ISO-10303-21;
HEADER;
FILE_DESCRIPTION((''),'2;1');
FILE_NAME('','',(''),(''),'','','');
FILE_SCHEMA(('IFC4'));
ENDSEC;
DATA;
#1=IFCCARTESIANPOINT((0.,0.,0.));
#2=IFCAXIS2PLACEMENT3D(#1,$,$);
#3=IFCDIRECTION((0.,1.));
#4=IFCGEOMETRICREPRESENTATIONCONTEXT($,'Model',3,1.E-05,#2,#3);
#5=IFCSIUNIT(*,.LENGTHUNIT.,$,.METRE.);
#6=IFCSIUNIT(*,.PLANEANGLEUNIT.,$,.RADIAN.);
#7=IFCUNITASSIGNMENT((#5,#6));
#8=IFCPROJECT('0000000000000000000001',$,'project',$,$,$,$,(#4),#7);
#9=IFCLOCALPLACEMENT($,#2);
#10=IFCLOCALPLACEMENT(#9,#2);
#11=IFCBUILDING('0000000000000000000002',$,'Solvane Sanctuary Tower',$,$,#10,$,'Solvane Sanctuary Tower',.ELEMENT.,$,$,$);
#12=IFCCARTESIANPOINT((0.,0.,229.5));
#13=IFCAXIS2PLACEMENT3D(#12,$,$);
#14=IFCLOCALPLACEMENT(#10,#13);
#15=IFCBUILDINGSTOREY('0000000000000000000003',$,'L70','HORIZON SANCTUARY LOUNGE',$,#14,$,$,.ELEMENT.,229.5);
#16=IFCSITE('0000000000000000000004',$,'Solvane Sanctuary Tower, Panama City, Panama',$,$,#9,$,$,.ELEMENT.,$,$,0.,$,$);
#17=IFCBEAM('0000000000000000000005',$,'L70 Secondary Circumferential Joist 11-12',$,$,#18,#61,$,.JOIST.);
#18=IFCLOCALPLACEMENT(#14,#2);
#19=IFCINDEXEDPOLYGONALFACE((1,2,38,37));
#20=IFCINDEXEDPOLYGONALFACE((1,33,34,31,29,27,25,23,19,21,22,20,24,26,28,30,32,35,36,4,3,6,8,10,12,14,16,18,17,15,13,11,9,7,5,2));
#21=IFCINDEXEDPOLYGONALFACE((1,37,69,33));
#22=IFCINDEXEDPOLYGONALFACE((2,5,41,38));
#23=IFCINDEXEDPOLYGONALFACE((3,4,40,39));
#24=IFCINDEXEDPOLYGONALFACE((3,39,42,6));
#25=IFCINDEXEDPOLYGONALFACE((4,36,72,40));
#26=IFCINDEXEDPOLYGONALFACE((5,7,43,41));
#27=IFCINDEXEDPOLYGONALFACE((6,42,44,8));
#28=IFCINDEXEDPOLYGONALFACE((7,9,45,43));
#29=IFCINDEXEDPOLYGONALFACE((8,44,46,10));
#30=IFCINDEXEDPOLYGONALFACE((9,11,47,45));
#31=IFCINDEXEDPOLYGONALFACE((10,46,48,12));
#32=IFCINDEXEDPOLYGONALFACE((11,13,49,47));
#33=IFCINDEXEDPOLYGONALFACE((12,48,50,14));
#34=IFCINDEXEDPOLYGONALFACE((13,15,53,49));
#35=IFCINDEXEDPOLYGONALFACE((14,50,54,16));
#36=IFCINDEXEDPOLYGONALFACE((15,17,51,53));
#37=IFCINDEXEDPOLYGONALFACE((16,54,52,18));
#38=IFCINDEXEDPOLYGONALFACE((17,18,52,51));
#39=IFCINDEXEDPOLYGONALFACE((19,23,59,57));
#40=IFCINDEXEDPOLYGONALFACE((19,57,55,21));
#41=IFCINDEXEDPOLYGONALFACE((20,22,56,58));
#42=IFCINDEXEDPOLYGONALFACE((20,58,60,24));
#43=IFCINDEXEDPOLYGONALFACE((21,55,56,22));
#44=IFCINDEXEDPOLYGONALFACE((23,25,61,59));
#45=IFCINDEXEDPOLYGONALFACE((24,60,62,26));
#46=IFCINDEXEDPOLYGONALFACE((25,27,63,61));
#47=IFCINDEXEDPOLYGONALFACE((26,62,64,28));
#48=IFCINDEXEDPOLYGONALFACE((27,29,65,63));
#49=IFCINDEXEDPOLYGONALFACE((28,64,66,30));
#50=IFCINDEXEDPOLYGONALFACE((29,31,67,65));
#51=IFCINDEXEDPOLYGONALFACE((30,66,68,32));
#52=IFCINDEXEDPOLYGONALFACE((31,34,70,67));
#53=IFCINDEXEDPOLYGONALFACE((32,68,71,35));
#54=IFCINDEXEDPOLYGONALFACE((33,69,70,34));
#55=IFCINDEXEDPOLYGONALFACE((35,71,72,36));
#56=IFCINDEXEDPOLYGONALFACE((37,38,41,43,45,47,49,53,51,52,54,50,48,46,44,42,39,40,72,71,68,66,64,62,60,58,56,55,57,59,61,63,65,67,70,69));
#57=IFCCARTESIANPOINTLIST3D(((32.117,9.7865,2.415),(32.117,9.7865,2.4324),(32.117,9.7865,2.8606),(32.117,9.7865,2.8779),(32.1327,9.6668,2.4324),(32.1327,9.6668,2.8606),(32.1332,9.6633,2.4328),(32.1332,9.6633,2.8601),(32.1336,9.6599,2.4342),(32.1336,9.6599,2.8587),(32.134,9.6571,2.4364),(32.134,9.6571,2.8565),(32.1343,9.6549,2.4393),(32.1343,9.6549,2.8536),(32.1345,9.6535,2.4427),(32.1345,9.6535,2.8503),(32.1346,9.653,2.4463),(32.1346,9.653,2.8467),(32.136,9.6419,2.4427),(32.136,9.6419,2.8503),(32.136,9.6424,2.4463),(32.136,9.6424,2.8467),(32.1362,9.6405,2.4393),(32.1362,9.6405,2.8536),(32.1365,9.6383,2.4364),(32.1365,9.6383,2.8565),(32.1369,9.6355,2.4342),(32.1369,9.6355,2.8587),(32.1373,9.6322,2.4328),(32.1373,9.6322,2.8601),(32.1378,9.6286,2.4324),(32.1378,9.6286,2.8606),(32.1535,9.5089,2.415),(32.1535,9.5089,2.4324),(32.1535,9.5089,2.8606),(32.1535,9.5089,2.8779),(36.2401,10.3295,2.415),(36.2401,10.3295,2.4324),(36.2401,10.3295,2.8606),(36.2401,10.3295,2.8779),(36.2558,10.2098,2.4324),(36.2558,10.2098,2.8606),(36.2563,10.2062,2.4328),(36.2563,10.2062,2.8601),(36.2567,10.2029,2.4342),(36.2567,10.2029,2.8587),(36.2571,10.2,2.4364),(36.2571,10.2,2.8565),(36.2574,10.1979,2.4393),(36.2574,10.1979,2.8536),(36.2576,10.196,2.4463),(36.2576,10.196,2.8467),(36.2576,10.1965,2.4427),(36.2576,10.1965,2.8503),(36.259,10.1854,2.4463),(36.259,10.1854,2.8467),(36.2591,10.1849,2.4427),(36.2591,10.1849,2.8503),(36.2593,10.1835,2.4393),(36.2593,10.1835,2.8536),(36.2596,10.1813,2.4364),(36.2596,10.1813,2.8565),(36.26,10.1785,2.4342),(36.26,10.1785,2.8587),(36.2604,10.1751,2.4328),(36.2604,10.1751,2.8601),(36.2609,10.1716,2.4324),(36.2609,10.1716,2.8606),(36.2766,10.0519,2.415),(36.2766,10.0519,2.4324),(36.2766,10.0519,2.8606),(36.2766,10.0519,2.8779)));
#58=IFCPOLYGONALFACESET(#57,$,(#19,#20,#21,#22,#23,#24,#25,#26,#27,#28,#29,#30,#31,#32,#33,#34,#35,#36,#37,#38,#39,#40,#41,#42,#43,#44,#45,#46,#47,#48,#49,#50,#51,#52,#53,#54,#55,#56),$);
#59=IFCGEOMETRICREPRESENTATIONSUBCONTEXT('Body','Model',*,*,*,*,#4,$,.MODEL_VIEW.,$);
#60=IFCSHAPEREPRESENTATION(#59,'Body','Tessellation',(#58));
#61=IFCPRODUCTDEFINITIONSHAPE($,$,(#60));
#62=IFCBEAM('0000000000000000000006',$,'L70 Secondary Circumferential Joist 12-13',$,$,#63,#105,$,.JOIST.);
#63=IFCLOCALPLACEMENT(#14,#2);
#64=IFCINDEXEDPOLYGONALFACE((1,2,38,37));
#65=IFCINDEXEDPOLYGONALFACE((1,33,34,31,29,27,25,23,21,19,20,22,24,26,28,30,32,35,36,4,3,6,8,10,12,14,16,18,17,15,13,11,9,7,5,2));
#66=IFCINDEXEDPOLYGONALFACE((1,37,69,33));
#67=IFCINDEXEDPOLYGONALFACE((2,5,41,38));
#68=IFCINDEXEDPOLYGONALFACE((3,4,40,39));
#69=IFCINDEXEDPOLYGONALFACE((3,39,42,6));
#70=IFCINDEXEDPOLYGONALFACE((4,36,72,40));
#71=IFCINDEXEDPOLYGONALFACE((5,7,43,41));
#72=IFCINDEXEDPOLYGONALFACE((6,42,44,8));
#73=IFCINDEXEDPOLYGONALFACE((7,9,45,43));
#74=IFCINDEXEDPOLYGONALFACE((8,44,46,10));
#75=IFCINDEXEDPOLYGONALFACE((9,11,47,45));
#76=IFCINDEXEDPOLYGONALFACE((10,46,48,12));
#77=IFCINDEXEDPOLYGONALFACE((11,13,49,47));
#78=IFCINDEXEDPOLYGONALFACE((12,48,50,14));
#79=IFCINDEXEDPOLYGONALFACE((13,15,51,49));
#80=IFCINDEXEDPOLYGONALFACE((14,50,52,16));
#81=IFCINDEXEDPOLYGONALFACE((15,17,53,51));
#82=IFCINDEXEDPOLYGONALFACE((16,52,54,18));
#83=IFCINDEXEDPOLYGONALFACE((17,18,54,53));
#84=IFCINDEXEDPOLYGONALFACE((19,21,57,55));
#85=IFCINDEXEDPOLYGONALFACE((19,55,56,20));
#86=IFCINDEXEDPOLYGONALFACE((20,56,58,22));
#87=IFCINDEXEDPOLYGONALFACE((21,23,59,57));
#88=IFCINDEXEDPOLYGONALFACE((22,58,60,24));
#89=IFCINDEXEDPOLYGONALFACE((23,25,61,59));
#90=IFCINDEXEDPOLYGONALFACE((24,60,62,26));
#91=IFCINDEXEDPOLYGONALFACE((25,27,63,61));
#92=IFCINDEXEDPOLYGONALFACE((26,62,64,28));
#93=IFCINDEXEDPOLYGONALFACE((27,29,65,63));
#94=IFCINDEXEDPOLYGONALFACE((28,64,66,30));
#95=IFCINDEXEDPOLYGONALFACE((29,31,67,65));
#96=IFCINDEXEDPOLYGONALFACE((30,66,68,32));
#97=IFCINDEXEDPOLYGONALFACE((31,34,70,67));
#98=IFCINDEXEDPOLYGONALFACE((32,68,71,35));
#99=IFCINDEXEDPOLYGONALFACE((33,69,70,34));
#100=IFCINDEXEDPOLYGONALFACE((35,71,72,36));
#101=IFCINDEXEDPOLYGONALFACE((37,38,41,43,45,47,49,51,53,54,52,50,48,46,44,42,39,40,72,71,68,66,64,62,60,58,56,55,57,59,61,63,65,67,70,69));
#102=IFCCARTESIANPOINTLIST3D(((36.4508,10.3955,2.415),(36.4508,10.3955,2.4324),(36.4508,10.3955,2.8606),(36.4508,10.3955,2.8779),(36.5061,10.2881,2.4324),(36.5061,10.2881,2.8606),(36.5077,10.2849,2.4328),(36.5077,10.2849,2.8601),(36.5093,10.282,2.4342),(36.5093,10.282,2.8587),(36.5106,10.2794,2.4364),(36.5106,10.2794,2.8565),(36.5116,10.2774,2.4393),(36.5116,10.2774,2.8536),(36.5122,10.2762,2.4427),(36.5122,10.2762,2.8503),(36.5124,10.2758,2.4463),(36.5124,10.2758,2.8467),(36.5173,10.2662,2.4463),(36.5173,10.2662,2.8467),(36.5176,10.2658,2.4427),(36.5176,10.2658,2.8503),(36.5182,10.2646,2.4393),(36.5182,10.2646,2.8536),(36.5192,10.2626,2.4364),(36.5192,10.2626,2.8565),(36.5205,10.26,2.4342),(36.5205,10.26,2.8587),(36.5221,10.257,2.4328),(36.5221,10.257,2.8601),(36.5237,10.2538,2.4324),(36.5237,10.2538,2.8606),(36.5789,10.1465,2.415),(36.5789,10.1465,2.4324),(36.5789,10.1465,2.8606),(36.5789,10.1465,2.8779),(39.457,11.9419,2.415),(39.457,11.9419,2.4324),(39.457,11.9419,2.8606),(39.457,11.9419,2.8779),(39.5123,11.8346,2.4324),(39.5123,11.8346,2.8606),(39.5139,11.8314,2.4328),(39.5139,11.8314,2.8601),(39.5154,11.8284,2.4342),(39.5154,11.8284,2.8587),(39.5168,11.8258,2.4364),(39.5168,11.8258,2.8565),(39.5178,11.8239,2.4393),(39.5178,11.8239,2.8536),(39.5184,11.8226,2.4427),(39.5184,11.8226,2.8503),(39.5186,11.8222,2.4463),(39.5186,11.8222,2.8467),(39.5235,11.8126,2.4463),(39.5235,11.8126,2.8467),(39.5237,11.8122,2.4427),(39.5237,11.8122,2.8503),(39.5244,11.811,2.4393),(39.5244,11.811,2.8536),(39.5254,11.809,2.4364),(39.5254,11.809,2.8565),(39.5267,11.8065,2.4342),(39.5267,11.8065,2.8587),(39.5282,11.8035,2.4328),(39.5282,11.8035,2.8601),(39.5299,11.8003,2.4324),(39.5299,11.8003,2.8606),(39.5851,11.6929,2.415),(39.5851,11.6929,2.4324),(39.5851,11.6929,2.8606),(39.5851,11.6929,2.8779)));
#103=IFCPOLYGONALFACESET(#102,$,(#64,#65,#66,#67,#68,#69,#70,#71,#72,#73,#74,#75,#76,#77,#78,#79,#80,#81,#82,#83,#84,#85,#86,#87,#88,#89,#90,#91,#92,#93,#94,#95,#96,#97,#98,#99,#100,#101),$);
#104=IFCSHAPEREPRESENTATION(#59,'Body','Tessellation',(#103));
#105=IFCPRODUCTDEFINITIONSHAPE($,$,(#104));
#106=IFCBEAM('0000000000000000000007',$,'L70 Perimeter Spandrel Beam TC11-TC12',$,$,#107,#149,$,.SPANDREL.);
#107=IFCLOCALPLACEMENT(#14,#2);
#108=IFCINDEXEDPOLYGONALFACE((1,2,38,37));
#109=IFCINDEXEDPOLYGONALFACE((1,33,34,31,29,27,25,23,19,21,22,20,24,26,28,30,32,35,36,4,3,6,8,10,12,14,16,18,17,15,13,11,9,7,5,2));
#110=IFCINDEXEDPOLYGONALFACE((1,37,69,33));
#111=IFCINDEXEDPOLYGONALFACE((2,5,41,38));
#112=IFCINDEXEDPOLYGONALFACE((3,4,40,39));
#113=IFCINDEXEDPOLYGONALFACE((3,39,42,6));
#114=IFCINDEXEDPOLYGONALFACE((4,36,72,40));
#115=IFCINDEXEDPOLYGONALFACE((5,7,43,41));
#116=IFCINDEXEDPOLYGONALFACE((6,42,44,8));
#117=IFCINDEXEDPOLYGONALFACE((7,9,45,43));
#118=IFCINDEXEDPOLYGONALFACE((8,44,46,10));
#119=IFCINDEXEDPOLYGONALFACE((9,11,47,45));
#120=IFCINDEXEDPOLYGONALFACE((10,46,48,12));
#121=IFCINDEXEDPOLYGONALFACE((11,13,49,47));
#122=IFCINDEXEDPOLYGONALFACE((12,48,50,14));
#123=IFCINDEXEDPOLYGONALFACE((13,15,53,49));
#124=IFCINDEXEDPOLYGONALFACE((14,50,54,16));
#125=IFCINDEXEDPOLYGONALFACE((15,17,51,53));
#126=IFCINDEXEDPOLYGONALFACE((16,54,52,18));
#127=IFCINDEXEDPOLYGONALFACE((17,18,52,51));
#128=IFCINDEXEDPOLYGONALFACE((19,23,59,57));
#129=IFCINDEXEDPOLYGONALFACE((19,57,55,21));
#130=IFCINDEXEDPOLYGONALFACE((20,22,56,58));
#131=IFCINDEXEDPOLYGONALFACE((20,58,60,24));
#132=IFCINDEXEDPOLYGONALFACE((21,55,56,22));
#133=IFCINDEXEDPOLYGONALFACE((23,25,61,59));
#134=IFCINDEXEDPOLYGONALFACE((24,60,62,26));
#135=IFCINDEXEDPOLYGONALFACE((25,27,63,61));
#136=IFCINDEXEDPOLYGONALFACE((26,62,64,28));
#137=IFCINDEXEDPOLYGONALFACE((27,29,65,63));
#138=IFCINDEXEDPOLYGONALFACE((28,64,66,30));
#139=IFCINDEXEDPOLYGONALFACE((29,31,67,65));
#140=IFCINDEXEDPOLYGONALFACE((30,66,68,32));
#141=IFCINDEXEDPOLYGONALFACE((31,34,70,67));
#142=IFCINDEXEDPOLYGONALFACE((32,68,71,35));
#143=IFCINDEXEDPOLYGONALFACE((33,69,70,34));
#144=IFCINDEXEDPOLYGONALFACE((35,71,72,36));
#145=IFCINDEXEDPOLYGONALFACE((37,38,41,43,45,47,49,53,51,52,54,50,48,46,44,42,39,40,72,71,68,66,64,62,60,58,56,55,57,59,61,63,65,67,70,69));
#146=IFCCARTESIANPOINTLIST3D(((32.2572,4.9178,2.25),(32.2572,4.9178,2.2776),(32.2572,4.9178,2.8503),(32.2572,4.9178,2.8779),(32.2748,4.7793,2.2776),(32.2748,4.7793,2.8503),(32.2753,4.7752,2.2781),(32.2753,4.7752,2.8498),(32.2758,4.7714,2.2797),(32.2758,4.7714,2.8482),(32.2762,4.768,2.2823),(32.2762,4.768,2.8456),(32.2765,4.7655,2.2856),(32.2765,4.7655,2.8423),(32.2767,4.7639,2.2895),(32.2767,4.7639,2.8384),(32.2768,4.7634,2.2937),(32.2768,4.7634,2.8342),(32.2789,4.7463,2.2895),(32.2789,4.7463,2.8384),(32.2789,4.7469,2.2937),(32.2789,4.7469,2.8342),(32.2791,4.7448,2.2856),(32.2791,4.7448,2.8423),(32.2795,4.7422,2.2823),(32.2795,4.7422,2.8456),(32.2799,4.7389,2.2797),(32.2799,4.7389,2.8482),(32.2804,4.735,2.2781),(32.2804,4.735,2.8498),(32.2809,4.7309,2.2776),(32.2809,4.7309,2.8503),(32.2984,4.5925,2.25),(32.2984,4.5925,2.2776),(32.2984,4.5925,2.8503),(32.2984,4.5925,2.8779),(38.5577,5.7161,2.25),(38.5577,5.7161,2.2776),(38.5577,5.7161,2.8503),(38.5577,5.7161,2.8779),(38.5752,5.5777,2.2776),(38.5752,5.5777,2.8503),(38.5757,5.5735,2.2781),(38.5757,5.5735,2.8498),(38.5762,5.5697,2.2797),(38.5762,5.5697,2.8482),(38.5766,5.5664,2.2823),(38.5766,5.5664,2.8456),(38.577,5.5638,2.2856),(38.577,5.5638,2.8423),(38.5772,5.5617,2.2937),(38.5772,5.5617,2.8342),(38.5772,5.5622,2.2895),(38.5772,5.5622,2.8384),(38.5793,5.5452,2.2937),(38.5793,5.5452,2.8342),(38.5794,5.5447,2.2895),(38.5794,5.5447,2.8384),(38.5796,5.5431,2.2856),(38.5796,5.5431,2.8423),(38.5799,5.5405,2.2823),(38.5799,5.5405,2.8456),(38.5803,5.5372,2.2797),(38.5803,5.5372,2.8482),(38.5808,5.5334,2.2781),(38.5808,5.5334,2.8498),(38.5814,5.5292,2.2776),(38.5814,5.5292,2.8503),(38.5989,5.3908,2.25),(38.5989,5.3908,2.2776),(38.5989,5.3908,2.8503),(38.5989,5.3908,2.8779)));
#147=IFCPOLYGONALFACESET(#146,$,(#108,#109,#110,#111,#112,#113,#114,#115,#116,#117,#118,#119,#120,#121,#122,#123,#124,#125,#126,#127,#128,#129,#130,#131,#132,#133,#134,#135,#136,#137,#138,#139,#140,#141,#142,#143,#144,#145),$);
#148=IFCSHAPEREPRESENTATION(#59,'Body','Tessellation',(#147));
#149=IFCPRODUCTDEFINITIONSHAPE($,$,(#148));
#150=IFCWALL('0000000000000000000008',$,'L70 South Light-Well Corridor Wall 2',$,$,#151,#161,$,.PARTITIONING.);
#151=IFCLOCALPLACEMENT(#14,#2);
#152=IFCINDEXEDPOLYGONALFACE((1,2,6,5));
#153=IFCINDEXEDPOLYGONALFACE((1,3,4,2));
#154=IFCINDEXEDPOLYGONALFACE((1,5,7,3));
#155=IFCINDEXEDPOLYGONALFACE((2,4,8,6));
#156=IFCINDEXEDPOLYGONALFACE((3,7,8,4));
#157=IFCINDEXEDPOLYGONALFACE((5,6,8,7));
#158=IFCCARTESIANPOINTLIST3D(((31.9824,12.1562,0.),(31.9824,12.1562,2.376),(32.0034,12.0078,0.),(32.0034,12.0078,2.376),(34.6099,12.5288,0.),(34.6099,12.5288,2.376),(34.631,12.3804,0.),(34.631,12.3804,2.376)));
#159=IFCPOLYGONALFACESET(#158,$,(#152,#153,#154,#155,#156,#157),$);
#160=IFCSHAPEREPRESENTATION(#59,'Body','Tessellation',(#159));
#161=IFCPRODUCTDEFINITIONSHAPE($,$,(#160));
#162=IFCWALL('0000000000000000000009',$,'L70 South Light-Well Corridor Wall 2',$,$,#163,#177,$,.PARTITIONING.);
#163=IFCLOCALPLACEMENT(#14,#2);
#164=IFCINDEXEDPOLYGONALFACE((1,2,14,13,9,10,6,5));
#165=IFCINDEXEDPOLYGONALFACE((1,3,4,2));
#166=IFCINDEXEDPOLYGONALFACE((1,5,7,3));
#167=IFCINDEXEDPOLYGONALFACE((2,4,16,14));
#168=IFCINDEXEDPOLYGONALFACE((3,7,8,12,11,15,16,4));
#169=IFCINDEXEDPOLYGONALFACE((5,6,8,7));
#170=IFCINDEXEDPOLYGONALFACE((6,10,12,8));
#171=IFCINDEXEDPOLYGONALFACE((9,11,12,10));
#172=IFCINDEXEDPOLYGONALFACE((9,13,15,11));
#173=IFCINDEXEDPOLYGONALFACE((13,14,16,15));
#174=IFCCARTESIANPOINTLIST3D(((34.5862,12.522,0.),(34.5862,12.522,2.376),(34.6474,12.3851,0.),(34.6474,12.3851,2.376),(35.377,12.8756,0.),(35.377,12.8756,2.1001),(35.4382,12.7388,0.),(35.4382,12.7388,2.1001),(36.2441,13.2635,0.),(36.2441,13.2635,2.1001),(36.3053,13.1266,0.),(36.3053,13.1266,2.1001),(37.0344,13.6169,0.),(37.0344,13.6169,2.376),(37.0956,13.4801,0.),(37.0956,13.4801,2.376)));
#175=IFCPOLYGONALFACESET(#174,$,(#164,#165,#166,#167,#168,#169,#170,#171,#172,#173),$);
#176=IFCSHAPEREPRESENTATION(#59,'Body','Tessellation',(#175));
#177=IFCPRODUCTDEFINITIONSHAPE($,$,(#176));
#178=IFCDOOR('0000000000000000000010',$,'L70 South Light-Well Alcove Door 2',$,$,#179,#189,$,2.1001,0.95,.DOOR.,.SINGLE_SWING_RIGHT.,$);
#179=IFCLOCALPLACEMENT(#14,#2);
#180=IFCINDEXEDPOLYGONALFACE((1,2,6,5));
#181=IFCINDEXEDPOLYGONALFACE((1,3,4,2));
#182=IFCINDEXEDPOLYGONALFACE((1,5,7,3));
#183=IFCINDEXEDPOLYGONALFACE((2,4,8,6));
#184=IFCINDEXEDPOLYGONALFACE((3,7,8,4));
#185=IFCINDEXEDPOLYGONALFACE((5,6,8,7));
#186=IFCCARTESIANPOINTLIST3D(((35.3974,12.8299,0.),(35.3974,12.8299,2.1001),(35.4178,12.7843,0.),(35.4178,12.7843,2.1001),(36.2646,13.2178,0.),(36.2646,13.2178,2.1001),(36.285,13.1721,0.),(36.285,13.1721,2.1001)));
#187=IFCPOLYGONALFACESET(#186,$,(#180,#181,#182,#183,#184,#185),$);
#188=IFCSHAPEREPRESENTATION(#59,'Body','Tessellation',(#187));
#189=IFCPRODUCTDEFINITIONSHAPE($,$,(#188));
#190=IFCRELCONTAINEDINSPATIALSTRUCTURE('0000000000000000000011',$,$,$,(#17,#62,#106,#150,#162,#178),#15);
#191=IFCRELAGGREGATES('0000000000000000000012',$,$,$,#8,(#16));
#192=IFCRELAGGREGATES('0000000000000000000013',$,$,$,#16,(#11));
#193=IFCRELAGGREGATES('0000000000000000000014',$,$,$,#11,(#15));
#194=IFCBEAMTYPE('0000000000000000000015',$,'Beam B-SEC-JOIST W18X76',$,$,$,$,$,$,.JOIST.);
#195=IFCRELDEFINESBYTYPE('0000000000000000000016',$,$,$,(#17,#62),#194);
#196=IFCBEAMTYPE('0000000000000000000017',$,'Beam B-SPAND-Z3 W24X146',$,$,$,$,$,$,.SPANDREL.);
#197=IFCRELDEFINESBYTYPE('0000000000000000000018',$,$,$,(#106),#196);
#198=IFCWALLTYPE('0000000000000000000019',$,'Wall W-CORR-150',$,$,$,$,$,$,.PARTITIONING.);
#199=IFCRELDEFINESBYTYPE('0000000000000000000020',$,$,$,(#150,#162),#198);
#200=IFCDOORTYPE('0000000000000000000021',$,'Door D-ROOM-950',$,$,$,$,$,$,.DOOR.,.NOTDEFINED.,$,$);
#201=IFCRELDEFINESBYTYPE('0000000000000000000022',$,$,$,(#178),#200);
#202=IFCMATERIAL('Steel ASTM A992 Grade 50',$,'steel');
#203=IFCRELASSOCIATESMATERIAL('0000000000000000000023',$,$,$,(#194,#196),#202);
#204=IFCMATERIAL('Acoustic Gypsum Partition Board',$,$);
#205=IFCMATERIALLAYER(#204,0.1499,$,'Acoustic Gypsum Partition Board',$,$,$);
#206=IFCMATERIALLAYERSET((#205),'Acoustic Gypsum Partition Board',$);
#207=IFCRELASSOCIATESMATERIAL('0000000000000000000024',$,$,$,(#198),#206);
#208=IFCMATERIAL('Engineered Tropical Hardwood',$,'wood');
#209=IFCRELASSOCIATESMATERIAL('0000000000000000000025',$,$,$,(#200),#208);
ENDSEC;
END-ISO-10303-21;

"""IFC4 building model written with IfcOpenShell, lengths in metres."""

from ifc_helpers import new_model, si_unit, direction, frame, frame_2d, origin, origin_2d, place, context, subcontext, project, spatial, rectangle, i_section, extrude, material, layer, layer_set, material_profile, profile_set, type_object, element, fill, save


model = new_model("IFC4")

# Units and contexts
model_context = context("Model", 3, precision=1e-05, world=origin(), true_north=direction((0.0, 1.0)))
body_context = subcontext(model_context, "Body", "Model", "MODEL_VIEW")
ifc_project = project(units=[si_unit("LENGTHUNIT", "METRE"), si_unit("PLANEANGLEUNIT", "RADIAN")], contexts=[model_context])

# Site, building, storey
site_placement = place(None, origin())
site = spatial("IfcSite", under=ifc_project, at=site_placement, Name="Solvane Sanctuary Tower, Panama City, Panama", CompositionType="ELEMENT", RefElevation=0.0)
building_placement = place(site_placement, origin())
building = spatial("IfcBuilding", under=site, at=building_placement, Name="Solvane Sanctuary Tower", LongName="Solvane Sanctuary Tower", CompositionType="ELEMENT")
storey_placement = place(building_placement, frame((0.0, 0.0, 229.5)))
storey = spatial("IfcBuildingStorey", under=building, at=storey_placement, Name="L70", Description="HORIZON SANCTUARY LOUNGE", CompositionType="ELEMENT", Elevation=229.5)

# Beams
ifc_material_1 = material(Name="Steel ASTM A992 Grade 50", Category="steel")
ifc_material_profile_1 = material_profile(ifc_material_1, i_section(OverallWidth=0.28, OverallDepth=0.4629, WebThickness=0.0107, FlangeThickness=0.0173, FilletRadius=0.0139, at=origin_2d()), Name="W18X76")
ifc_profile_set_1 = profile_set([ifc_material_profile_1], Name="Steel ASTM A992 Grade 50")
beam_type_1 = type_object("IfcBeamType", Name="Beam B-SEC-JOIST W18X76", PredefinedType="JOIST", material=ifc_profile_set_1)
beam_1_placement = place(storey_placement, frame((32.1353, 9.6477, 2.6465), z_axis=(0.99144, 0.130564, 0.0), x_axis=(-0.130564, 0.99144, 0.0)))
element("IfcBeam", 1, at=beam_1_placement, inside=storey, type_object=beam_type_1, Name="L70 Secondary Circumferential Joist 11-12", PredefinedType="JOIST", context=body_context, shape_type="SweptSolid", body=[
    extrude(i_section(OverallWidth=0.28, OverallDepth=0.4629, WebThickness=0.0107, FlangeThickness=0.0173, FilletRadius=0.0139, at=origin_2d()), origin(), (0.0, 0.0, 1.0), 4.1587),
])
beam_2_placement = place(storey_placement, frame((36.5149, 10.271, 2.6465), z_axis=(0.889241, 0.457439, 0.0), x_axis=(-0.457439, 0.889241, 0.0)))
element("IfcBeam", 2, at=beam_2_placement, inside=storey, type_object=beam_type_1, Name="L70 Secondary Circumferential Joist 12-13", PredefinedType="JOIST", context=body_context, shape_type="SweptSolid", body=[
    extrude(i_section(OverallWidth=0.28, OverallDepth=0.4629, WebThickness=0.0107, FlangeThickness=0.0173, FilletRadius=0.0139, at=origin_2d()), origin(), (0.0, 0.0, 1.0), 3.3806),
])
ifc_material_profile_2 = material_profile(ifc_material_1, i_section(OverallWidth=0.3279, OverallDepth=0.6279, WebThickness=0.0166, FlangeThickness=0.0276, FilletRadius=0.0161, at=origin_2d()), Name="W24X146")
ifc_profile_set_2 = profile_set([ifc_material_profile_2], Name="Steel ASTM A992 Grade 50")
beam_type_2 = type_object("IfcBeamType", Name="Beam B-SPAND-Z3 W24X146", PredefinedType="SPANDREL", material=ifc_profile_set_2)
beam_3_placement = place(storey_placement, frame((32.2778, 4.7551, 2.564), z_axis=(0.992068, 0.125705, 0.0), x_axis=(-0.125705, 0.992068, 0.0)))
element("IfcBeam", 3, at=beam_3_placement, inside=storey, type_object=beam_type_2, Name="L70 Perimeter Spandrel Beam TC11-TC12", PredefinedType="SPANDREL", context=body_context, shape_type="SweptSolid", body=[
    extrude(i_section(OverallWidth=0.3279, OverallDepth=0.6279, WebThickness=0.0166, FlangeThickness=0.0276, FilletRadius=0.0161, at=origin_2d()), origin(), (0.0, 0.0, 1.0), 6.3508),
])

# Wall
ifc_material_2 = material(Name="Acoustic Gypsum Partition Board")
ifc_layer_1 = layer(ifc_material_2, 0.1499, Name="Acoustic Gypsum Partition Board")
ifc_layer_set_1 = layer_set([ifc_layer_1], Name="Acoustic Gypsum Partition Board")
wall_type_1 = type_object("IfcWallType", Name="Wall W-CORR-150", PredefinedType="PARTITIONING", material=ifc_layer_set_1)
wall_1_placement = place(storey_placement, frame((31.9929, 12.082, 0.0), z_axis=(0.0, 0.0, 1.0), x_axis=(0.990096, 0.140391, 0.0)))
element("IfcWall", 4, at=wall_1_placement, inside=storey, type_object=wall_type_1, Name="L70 South Light-Well Corridor Wall 2", PredefinedType="PARTITIONING", context=body_context, shape_type="SweptSolid", body=[
    extrude(rectangle(XDim=2.6538, YDim=0.1499, at=frame_2d((1.3269, 0.0))), origin(), (0.0, 0.0, 1.0), 2.376),
])

# Wall, opening, door
wall_2_placement = place(storey_placement, frame((34.6169, 12.4536, 0.0), z_axis=(0.0, 0.0, 1.0), x_axis=(0.912859, 0.408274, 0.0)))
wall_2 = element("IfcWall", 5, at=wall_2_placement, inside=storey, type_object=wall_type_1, Name="L70 South Light-Well Corridor Wall 2", PredefinedType="PARTITIONING", context=body_context, shape_type="SweptSolid", body=[
    extrude(rectangle(XDim=2.6819, YDim=0.1499, at=frame_2d((1.3408, 0.0))), origin(), (0.0, 0.0, 1.0), 2.376),
])
opening_1_placement = place(wall_2_placement, frame((0.866, 0.0, 0.0)))
opening_1 = element("IfcOpeningElement", 6, at=opening_1_placement, cuts=wall_2, PredefinedType="OPENING", context=body_context, shape_type="SweptSolid", body=[
    extrude(rectangle(XDim=0.95, YDim=2.1001, at=frame_2d((0.4751, 1.05))), frame((0.0, 0.085, 0.0), z_axis=(0.0, -1.0, 0.0), x_axis=(1.0, 0.0, 0.0)), (0.0, 0.0, 1.0), 0.1699),
])
ifc_material_3 = material(Name="Engineered Tropical Hardwood", Category="wood")
door_type_1 = type_object("IfcDoorType", Name="Door D-ROOM-950", OperationType="NOTDEFINED", PredefinedType="DOOR", material=ifc_material_3)
door_1_placement = place(opening_1_placement, origin())
door_1 = element("IfcDoor", 7, at=door_1_placement, inside=storey, type_object=door_type_1, Name="L70 South Light-Well Alcove Door 2", OperationType="SINGLE_SWING_RIGHT", OverallHeight=2.1001, OverallWidth=0.95, PredefinedType="DOOR", context=body_context, shape_type="SweptSolid", body=[
    extrude(rectangle(XDim=0.95, YDim=2.1001, at=frame_2d((0.4751, 1.05))), frame((0.0, 0.0249, 0.0), z_axis=(0.0, -1.0, 0.0), x_axis=(1.0, 0.0, 0.0)), (0.0, 0.0, 1.0), 0.05),
])
fill(opening_1, door_1)

save(model, "model.ifc")
